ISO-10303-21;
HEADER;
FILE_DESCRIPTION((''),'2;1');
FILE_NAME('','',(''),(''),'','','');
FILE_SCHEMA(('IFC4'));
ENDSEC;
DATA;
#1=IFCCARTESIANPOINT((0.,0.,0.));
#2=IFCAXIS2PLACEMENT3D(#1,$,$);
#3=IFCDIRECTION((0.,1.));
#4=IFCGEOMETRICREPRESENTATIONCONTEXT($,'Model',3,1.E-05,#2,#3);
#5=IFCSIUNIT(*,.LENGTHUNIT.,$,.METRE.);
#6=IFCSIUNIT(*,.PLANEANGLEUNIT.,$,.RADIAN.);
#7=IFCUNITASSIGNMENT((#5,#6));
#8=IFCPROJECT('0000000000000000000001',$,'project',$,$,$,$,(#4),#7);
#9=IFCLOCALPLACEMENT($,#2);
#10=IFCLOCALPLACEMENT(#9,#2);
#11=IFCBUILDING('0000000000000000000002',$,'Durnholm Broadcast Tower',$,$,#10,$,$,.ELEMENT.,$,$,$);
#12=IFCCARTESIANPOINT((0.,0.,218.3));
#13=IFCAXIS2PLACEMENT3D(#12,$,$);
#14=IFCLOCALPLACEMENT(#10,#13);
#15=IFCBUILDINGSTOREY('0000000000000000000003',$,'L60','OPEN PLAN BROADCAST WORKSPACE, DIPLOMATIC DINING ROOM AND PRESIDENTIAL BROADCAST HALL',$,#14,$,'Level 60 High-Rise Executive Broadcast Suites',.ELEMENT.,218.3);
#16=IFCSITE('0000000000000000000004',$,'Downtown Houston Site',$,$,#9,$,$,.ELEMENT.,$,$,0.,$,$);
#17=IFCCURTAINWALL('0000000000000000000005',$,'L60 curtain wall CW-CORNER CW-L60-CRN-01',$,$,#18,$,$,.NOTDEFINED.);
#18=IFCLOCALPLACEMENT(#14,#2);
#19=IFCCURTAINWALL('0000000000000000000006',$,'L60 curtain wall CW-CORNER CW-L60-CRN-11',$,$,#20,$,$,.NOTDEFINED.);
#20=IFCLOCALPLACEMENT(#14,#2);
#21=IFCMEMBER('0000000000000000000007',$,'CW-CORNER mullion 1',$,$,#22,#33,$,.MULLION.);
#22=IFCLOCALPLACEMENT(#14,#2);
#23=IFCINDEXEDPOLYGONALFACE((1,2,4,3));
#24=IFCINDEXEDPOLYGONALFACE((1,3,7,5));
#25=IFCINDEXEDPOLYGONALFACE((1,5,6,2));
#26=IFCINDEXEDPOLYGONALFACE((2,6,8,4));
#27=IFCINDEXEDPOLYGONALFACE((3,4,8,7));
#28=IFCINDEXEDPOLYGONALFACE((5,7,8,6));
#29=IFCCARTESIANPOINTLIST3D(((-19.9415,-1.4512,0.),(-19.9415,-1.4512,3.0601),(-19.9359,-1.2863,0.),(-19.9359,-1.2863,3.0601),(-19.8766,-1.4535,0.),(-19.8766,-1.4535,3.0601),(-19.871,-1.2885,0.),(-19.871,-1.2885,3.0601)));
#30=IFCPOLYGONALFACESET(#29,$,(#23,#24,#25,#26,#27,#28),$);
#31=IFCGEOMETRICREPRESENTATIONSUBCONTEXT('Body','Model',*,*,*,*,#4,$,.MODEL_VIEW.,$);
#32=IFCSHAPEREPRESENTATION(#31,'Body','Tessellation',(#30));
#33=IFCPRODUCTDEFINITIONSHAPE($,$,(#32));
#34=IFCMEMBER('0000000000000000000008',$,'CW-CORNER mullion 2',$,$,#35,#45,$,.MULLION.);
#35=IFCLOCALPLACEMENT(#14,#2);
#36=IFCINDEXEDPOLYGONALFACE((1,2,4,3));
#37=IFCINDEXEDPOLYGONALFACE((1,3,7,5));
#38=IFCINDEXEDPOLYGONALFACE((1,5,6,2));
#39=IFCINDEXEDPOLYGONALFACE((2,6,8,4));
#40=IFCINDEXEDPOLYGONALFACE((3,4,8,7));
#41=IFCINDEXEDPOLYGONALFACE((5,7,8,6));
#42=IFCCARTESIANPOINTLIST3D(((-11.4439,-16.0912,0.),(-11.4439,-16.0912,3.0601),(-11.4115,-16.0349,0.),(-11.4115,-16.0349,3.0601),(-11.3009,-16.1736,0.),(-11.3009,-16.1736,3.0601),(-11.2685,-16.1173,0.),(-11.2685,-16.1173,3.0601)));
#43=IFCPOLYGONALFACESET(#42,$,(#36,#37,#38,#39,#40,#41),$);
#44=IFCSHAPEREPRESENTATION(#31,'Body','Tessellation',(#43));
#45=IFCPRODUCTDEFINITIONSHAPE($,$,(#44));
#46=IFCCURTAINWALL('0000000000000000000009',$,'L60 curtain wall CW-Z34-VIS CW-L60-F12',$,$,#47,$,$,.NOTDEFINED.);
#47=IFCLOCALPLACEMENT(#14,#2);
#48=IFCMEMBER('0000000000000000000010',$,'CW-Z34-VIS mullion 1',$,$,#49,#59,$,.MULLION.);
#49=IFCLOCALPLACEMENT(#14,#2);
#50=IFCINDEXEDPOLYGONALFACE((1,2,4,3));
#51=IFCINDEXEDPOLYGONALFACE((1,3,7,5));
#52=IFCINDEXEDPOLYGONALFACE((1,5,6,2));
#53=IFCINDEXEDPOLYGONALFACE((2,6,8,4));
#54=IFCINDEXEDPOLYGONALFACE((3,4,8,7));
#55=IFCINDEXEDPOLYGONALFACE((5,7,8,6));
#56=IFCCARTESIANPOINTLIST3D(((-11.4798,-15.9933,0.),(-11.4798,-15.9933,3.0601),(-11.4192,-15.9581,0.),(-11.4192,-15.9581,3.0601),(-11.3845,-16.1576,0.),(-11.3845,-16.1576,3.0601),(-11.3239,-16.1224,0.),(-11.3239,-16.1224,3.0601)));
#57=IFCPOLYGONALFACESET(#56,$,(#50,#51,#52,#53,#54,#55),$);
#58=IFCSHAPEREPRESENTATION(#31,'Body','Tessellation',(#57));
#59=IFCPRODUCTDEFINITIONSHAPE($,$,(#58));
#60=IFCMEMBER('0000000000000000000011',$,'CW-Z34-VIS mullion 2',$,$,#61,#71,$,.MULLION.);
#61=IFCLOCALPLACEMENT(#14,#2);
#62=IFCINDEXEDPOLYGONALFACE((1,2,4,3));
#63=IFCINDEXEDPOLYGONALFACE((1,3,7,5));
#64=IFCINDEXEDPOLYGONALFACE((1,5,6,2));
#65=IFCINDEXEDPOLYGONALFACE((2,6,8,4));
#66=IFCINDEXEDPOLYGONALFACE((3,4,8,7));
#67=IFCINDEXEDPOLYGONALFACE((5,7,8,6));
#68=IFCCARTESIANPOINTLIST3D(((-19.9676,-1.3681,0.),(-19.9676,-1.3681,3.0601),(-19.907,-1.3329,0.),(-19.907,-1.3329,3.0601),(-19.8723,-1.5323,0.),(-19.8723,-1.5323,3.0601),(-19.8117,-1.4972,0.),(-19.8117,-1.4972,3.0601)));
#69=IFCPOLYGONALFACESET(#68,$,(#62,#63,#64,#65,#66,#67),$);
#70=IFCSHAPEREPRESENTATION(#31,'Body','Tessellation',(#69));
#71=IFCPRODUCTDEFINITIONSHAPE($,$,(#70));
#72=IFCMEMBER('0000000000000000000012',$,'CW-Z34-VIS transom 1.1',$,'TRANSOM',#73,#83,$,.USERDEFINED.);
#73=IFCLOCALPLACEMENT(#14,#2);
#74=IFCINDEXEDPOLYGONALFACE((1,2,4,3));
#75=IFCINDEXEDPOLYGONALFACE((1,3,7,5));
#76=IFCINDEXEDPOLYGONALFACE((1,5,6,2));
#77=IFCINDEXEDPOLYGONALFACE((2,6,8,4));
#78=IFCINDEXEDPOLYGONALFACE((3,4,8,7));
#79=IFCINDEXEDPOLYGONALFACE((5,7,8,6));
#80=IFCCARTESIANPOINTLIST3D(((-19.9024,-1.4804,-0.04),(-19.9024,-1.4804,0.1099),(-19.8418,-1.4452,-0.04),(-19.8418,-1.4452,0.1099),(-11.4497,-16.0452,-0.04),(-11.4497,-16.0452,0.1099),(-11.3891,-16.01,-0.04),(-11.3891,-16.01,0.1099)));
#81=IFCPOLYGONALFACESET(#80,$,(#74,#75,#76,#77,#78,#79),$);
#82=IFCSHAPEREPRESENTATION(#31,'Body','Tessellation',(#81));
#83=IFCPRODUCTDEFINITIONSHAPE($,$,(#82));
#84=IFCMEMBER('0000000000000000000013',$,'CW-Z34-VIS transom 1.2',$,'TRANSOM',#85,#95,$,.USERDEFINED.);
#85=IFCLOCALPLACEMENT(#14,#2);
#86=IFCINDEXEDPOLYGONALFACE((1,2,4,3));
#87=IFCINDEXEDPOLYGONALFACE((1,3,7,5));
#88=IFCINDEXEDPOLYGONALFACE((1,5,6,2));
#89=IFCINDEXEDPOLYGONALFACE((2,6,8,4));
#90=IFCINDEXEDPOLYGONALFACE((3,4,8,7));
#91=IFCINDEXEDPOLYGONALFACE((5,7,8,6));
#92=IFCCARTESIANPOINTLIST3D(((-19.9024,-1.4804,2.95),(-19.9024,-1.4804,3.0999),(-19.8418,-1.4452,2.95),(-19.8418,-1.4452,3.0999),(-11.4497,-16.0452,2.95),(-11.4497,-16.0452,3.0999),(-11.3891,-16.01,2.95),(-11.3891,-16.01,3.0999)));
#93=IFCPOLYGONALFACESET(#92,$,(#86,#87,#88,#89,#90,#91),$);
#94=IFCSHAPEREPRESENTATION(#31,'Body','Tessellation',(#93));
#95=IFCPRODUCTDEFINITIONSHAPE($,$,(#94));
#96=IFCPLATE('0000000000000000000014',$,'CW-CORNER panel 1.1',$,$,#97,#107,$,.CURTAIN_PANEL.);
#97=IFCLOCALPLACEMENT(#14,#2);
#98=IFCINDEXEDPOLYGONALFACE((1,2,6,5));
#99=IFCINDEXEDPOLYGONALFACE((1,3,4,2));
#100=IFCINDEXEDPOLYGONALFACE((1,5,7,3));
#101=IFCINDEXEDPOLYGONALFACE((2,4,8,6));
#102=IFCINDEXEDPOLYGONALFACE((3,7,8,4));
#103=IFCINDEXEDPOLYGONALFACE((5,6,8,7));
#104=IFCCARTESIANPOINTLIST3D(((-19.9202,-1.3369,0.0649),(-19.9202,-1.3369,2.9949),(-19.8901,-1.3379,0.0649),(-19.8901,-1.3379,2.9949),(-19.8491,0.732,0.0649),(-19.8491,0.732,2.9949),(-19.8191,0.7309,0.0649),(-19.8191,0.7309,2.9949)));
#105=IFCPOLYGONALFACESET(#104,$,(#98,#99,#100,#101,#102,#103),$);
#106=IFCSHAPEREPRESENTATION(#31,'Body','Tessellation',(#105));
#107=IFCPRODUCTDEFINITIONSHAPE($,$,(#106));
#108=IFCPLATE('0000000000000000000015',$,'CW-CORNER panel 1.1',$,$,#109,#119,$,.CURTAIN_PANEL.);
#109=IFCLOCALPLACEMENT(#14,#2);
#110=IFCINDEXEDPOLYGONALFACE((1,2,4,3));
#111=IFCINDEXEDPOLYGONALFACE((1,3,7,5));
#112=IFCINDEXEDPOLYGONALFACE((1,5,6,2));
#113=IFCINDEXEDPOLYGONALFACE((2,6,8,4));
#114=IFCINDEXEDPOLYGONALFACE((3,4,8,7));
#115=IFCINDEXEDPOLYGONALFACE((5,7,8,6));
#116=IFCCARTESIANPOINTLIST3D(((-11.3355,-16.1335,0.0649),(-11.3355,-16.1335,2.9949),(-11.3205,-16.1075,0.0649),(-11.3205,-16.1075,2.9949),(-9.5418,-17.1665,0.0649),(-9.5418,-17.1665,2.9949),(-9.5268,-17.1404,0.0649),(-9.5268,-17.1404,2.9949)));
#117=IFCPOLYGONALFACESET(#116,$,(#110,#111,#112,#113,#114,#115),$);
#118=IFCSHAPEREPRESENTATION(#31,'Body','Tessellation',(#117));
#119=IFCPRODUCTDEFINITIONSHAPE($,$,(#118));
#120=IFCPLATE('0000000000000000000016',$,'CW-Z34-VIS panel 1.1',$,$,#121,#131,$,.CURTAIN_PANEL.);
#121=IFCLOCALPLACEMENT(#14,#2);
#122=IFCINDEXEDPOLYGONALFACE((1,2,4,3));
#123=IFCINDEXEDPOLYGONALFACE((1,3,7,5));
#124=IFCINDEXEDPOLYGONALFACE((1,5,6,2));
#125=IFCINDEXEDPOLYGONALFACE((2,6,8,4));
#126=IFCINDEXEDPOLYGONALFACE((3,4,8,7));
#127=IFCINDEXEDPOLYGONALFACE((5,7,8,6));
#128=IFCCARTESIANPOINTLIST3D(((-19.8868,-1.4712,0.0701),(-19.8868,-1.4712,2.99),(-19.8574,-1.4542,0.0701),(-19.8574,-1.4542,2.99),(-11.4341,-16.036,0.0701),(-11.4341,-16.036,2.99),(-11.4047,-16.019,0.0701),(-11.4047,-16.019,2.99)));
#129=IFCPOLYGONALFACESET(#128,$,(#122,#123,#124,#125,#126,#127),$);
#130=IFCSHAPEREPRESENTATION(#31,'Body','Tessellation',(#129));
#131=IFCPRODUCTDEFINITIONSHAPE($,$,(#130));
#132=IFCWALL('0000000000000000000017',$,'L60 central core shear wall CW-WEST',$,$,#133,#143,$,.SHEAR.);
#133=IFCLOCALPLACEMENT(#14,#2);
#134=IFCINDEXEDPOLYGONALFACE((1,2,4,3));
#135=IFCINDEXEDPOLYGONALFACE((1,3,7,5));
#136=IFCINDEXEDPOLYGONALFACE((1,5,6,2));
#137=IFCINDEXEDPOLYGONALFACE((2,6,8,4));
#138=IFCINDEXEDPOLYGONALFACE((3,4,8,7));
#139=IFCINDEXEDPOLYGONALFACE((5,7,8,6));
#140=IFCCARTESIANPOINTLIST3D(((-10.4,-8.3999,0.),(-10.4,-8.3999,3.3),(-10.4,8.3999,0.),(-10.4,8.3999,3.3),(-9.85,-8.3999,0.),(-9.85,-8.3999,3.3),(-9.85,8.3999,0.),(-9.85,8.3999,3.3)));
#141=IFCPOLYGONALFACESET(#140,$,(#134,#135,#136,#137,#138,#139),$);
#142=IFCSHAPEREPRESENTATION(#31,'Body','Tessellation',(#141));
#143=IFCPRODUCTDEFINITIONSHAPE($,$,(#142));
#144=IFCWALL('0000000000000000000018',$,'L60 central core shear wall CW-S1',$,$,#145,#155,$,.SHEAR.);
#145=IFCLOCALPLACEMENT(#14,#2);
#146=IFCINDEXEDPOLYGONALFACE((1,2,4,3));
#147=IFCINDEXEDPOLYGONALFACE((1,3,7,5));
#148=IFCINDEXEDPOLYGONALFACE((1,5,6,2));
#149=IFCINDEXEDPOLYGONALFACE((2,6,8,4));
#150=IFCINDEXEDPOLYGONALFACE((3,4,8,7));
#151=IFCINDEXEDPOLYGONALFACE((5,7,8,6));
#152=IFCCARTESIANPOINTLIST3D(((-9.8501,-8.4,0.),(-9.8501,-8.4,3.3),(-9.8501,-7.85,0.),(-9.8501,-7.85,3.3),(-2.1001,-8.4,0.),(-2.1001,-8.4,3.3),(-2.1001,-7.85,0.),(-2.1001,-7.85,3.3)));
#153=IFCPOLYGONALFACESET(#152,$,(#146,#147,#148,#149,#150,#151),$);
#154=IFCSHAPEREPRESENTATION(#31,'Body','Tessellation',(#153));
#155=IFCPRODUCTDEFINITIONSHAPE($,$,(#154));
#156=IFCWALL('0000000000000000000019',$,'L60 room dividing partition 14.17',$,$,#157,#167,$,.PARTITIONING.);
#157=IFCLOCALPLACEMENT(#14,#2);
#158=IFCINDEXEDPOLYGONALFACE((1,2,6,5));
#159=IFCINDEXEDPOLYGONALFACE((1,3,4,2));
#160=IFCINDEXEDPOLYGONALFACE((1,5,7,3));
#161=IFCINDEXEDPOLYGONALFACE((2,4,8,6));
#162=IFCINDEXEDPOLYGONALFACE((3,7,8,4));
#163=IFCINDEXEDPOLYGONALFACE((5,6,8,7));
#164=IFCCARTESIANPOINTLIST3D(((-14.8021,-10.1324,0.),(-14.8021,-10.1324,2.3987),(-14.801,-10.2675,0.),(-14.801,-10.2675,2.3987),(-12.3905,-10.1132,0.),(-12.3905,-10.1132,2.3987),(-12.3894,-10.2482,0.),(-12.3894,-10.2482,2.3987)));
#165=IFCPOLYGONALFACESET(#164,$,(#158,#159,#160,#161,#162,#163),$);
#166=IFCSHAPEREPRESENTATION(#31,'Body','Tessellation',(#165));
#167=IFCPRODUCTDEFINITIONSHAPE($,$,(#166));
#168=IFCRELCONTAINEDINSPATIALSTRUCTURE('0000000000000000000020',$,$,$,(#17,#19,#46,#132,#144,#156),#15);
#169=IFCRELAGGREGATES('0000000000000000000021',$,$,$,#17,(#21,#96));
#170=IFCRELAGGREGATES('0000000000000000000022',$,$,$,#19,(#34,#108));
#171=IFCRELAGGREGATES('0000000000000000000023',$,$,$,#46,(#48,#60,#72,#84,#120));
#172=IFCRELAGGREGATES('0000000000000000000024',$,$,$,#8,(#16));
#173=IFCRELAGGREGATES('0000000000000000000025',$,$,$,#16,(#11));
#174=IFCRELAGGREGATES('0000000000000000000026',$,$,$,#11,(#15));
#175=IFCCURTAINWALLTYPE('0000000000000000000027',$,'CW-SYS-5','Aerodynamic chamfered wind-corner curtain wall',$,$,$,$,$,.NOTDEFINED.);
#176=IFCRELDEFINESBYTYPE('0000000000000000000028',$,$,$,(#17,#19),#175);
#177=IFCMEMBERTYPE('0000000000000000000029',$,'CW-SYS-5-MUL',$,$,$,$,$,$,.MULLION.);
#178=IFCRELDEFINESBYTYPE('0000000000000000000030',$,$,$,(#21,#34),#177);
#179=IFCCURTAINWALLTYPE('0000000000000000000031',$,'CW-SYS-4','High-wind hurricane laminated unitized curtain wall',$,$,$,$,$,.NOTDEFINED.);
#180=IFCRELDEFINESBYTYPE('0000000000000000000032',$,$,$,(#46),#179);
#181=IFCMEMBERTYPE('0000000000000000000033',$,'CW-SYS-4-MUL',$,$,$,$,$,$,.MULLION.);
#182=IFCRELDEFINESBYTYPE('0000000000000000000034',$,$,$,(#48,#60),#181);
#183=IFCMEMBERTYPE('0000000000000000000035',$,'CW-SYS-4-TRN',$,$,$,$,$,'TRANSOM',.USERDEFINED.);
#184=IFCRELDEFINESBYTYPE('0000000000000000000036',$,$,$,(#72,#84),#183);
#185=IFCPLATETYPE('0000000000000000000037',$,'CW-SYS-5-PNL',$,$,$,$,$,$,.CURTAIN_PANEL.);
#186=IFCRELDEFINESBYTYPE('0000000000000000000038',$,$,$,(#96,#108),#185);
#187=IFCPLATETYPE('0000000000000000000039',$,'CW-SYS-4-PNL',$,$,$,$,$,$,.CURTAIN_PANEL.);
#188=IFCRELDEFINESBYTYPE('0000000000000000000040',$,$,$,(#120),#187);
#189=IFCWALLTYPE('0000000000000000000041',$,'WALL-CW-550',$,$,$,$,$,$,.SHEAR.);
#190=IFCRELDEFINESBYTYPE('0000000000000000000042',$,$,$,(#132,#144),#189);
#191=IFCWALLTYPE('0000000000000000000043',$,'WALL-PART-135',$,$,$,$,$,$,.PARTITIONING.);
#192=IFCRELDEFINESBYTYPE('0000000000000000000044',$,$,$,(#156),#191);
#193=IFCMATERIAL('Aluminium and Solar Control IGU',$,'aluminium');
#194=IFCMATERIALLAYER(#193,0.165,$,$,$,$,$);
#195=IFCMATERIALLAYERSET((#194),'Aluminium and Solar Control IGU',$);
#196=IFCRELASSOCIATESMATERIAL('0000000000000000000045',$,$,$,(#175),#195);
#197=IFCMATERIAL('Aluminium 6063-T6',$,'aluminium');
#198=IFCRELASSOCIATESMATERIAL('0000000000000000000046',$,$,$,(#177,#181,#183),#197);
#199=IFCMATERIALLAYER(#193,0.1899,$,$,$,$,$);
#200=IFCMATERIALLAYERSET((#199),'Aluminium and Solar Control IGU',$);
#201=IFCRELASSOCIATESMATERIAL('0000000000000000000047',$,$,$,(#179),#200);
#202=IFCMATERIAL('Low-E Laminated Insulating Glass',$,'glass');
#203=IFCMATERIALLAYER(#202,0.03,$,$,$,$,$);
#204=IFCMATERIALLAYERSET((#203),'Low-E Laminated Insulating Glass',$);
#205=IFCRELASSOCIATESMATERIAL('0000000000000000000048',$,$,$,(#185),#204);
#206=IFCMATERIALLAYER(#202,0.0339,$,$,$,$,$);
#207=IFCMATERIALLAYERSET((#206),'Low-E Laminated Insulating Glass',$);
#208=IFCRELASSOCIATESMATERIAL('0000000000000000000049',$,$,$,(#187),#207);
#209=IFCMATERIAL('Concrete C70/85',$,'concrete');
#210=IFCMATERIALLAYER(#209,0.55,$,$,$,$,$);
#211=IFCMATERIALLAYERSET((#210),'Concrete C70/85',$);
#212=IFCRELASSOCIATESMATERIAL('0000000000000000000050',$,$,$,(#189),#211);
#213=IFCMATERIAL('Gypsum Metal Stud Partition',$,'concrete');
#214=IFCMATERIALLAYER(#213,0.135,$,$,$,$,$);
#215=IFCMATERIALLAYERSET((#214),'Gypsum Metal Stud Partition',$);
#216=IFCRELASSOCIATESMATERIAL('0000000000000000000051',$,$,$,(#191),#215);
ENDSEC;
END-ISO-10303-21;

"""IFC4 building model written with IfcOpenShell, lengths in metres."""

from ifc_helpers import new_model, si_unit, direction, frame, frame_2d, origin, origin_2d, place, context, subcontext, project, spatial, rectangle, extrude, source, transform, mapped, material, layer, layer_set, material_profile, profile_set, type_object, type_shapes, element, aggregate, save


model = new_model("IFC4")

# Units and contexts
model_context = context("Model", 3, precision=1e-05, world=origin(), true_north=direction((0.0, 1.0)))
body_context = subcontext(model_context, "Body", "Model", "MODEL_VIEW")
ifc_project = project(units=[si_unit("LENGTHUNIT", "METRE"), si_unit("PLANEANGLEUNIT", "RADIAN")], contexts=[model_context])

# Site, building, storey
site_placement = place(None, origin())
site = spatial("IfcSite", under=ifc_project, at=site_placement, Name="Downtown Houston Site", CompositionType="ELEMENT", RefElevation=0.0)
building_placement = place(site_placement, origin())
building = spatial("IfcBuilding", under=site, at=building_placement, Name="Durnholm Broadcast Tower", CompositionType="ELEMENT")
storey_placement = place(building_placement, frame((0.0, 0.0, 218.3)))
storey = spatial("IfcBuildingStorey", under=building, at=storey_placement, Name="L60", Description="OPEN PLAN BROADCAST WORKSPACE, DIPLOMATIC DINING ROOM AND PRESIDENTIAL BROADCAST HALL", LongName="Level 60 High-Rise Executive Broadcast Suites", CompositionType="ELEMENT", Elevation=218.3)

# Shared definitions
ifc_material_1 = material(Name="Concrete C70/85", Category="concrete")

# Curtain walls
ifc_material_2 = material(Name="Aluminium and Solar Control IGU", Category="aluminium")
ifc_layer_1 = layer(ifc_material_2, 0.165)
ifc_layer_set_1 = layer_set([ifc_layer_1], Name="Aluminium and Solar Control IGU")
curtain_wall_type_1 = type_object("IfcCurtainWallType", Name="CW-SYS-5", Description="Aerodynamic chamfered wind-corner curtain wall", PredefinedType="NOTDEFINED", material=ifc_layer_set_1)
curtain_wall_1_placement = place(storey_placement, origin())
curtain_wall_1 = element("IfcCurtainWall", 1, at=curtain_wall_1_placement, inside=storey, type_object=curtain_wall_type_1, Name="L60 curtain wall CW-CORNER CW-L60-CRN-01", PredefinedType="NOTDEFINED")
ifc_material_3 = material(Name="Aluminium 6063-T6", Category="aluminium")
curtain_wall_2_placement = place(storey_placement, origin())
curtain_wall_2 = element("IfcCurtainWall", 2, at=curtain_wall_2_placement, inside=storey, type_object=curtain_wall_type_1, Name="L60 curtain wall CW-CORNER CW-L60-CRN-11", PredefinedType="NOTDEFINED")

# Members
ifc_material_profile_1 = material_profile(ifc_material_3, rectangle(XDim=0.0649, YDim=0.165, at=origin_2d()), Name="CWM65X165")
ifc_profile_set_1 = profile_set([ifc_material_profile_1], Name="Aluminium 6063-T6")
member_type_1 = type_object("IfcMemberType", Name="CW-SYS-5-MUL", PredefinedType="MULLION", material=ifc_profile_set_1)
shared_shape_1 = source(origin(), body_context, "Body", "SweptSolid", [
    extrude(rectangle(XDim=0.0649, YDim=0.165, at=origin_2d()), origin(), (0.0, 0.0, 1.0), 3.0601),
])
type_shapes(member_type_1, [shared_shape_1])
member_1_placement = place(storey_placement, frame((-19.9062, -1.3699, 0.0), z_axis=(0.0, 0.0, 1.0), x_axis=(-0.999411, 0.034318, 0.0)))
member_1 = element("IfcMember", 3, at=member_1_placement, type_object=member_type_1, Name="CW-CORNER mullion 1", PredefinedType="MULLION", context=body_context, shape_type="MappedRepresentation", body=[
    mapped(shared_shape_1, transform((0.0, 0.0, 0.0), x_axis=(1.0, 0.0, 0.0), y_axis=(0.0, 1.0, 0.0), z_axis=(0.0, 0.0, 1.0), scale=1.0)),
])
member_2_placement = place(storey_placement, frame((-11.3562, -16.1042, 0.0), z_axis=(0.0, 0.0, 1.0), x_axis=(-0.499059, -0.866568, 0.0)))
member_2 = element("IfcMember", 4, at=member_2_placement, type_object=member_type_1, Name="CW-CORNER mullion 2", PredefinedType="MULLION", context=body_context, shape_type="MappedRepresentation", body=[
    mapped(shared_shape_1, transform((0.0, 0.0, 0.0), x_axis=(1.0, 0.0, 0.0), y_axis=(0.0, 1.0, 0.0), z_axis=(0.0, 0.0, 1.0), scale=1.0)),
])

# Curtain wall, members
ifc_layer_2 = layer(ifc_material_2, 0.1899)
ifc_layer_set_2 = layer_set([ifc_layer_2], Name="Aluminium and Solar Control IGU")
curtain_wall_type_2 = type_object("IfcCurtainWallType", Name="CW-SYS-4", Description="High-wind hurricane laminated unitized curtain wall", PredefinedType="NOTDEFINED", material=ifc_layer_set_2)
curtain_wall_3_placement = place(storey_placement, origin())
curtain_wall_3 = element("IfcCurtainWall", 5, at=curtain_wall_3_placement, inside=storey, type_object=curtain_wall_type_2, Name="L60 curtain wall CW-Z34-VIS CW-L60-F12", PredefinedType="NOTDEFINED")
ifc_material_profile_2 = material_profile(ifc_material_3, rectangle(XDim=0.0701, YDim=0.1899, at=origin_2d()), Name="CWM70X190")
ifc_profile_set_2 = profile_set([ifc_material_profile_2], Name="Aluminium 6063-T6")
member_type_2 = type_object("IfcMemberType", Name="CW-SYS-4-MUL", PredefinedType="MULLION", material=ifc_profile_set_2)
shared_shape_2 = source(origin(), body_context, "Body", "SweptSolid", [
    extrude(rectangle(XDim=0.0701, YDim=0.1899, at=origin_2d()), origin(), (0.0, 0.0, 1.0), 3.0601),
])
type_shapes(member_type_2, [shared_shape_2])
member_3_placement = place(storey_placement, frame((-11.4019, -16.0579, 0.0), z_axis=(0.0, 0.0, 1.0), x_axis=(-0.8649, -0.501944, 0.0)))
member_3 = element("IfcMember", 6, at=member_3_placement, type_object=member_type_2, Name="CW-Z34-VIS mullion 1", PredefinedType="MULLION", context=body_context, shape_type="MappedRepresentation", body=[
    mapped(shared_shape_2, transform((0.0, 0.0, 0.0), x_axis=(1.0, 0.0, 0.0), y_axis=(0.0, 1.0, 0.0), z_axis=(0.0, 0.0, 1.0), scale=1.0)),
])
member_4_placement = place(storey_placement, frame((-19.8896, -1.4326, 0.0), z_axis=(0.0, 0.0, 1.0), x_axis=(-0.8649, -0.501944, 0.0)))
member_4 = element("IfcMember", 7, at=member_4_placement, type_object=member_type_2, Name="CW-Z34-VIS mullion 2", PredefinedType="MULLION", context=body_context, shape_type="MappedRepresentation", body=[
    mapped(shared_shape_2, transform((0.0, 0.0, 0.0), x_axis=(1.0, 0.0, 0.0), y_axis=(0.0, 1.0, 0.0), z_axis=(0.0, 0.0, 1.0), scale=1.0)),
])
ifc_material_profile_3 = material_profile(ifc_material_3, rectangle(XDim=0.0701, YDim=0.1499, at=origin_2d()), Name="CWT70X150")
ifc_profile_set_3 = profile_set([ifc_material_profile_3], Name="Aluminium 6063-T6")
member_type_3 = type_object("IfcMemberType", Name="CW-SYS-4-TRN", ElementType="TRANSOM", PredefinedType="USERDEFINED", material=ifc_profile_set_3)
shared_shape_3 = source(origin(), body_context, "Body", "SweptSolid", [
    extrude(rectangle(XDim=0.0701, YDim=0.1499, at=origin_2d()), origin(), (0.0, 0.0, 1.0), 16.8398),
])
type_shapes(member_type_3, [shared_shape_3])
member_5_placement = place(storey_placement, frame((-11.4194, -16.0276, 0.0349), z_axis=(-0.501945, 0.864899, 0.0), x_axis=(-0.864899, -0.501945, 0.0)))
member_5 = element("IfcMember", 8, at=member_5_placement, type_object=member_type_3, Name="CW-Z34-VIS transom 1.1", ObjectType="TRANSOM", PredefinedType="USERDEFINED", context=body_context, shape_type="MappedRepresentation", body=[
    mapped(shared_shape_3, transform((0.0, 0.0, 0.0), x_axis=(1.0, 0.0, 0.0), y_axis=(0.0, 1.0, 0.0), z_axis=(0.0, 0.0, 1.0), scale=1.0)),
])
member_6_placement = place(storey_placement, frame((-11.4194, -16.0276, 3.0249), z_axis=(-0.501945, 0.864899, 0.0), x_axis=(-0.864899, -0.501945, 0.0)))
member_6 = element("IfcMember", 9, at=member_6_placement, type_object=member_type_3, Name="CW-Z34-VIS transom 1.2", ObjectType="TRANSOM", PredefinedType="USERDEFINED", context=body_context, shape_type="MappedRepresentation", body=[
    mapped(shared_shape_3, transform((0.0, 0.0, 0.0), x_axis=(1.0, 0.0, 0.0), y_axis=(0.0, 1.0, 0.0), z_axis=(0.0, 0.0, 1.0), scale=1.0)),
])

# Plates
ifc_material_4 = material(Name="Low-E Laminated Insulating Glass", Category="glass")
ifc_layer_3 = layer(ifc_material_4, 0.03)
ifc_layer_set_3 = layer_set([ifc_layer_3], Name="Low-E Laminated Insulating Glass")
plate_type_1 = type_object("IfcPlateType", Name="CW-SYS-5-PNL", PredefinedType="CURTAIN_PANEL", material=ifc_layer_set_3)
shared_shape_4 = source(origin(), body_context, "Body", "SweptSolid", [
    extrude(rectangle(XDim=2.0701, YDim=0.03, at=origin_2d()), origin(), (0.0, 0.0, 1.0), 2.9299),
])
plate_1_placement = place(storey_placement, frame((-19.8696, -0.303, 0.0649), z_axis=(0.0, 0.0, 1.0), x_axis=(0.034318, 0.999411, 0.0)))
plate_1 = element("IfcPlate", 10, at=plate_1_placement, type_object=plate_type_1, Name="CW-CORNER panel 1.1", PredefinedType="CURTAIN_PANEL", context=body_context, shape_type="MappedRepresentation", body=[
    mapped(shared_shape_4, transform((0.0, 0.0, 0.0), x_axis=(1.0, 0.0, 0.0), y_axis=(0.0, 1.0, 0.0), z_axis=(0.0, 0.0, 1.0), scale=1.0)),
])
aggregate(curtain_wall_1, [member_1, plate_1])
shared_shape_5 = source(origin(), body_context, "Body", "SweptSolid", [
    extrude(rectangle(XDim=2.0698, YDim=0.03, at=origin_2d()), origin(), (0.0, 0.0, 1.0), 2.9299),
])
type_shapes(plate_type_1, [shared_shape_4, shared_shape_5])
plate_2_placement = place(storey_placement, frame((-10.4312, -16.637, 0.0649), z_axis=(0.0, 0.0, 1.0), x_axis=(-0.866568, 0.499059, 0.0)))
plate_2 = element("IfcPlate", 11, at=plate_2_placement, type_object=plate_type_1, Name="CW-CORNER panel 1.1", PredefinedType="CURTAIN_PANEL", context=body_context, shape_type="MappedRepresentation", body=[
    mapped(shared_shape_5, transform((0.0, 0.0, 0.0), x_axis=(1.0, 0.0, 0.0), y_axis=(0.0, 1.0, 0.0), z_axis=(0.0, 0.0, 1.0), scale=1.0)),
])
aggregate(curtain_wall_2, [member_2, plate_2])
ifc_layer_4 = layer(ifc_material_4, 0.0339)
ifc_layer_set_4 = layer_set([ifc_layer_4], Name="Low-E Laminated Insulating Glass")
plate_type_2 = type_object("IfcPlateType", Name="CW-SYS-4-PNL", PredefinedType="CURTAIN_PANEL", material=ifc_layer_set_4)
shared_shape_6 = source(origin(), body_context, "Body", "SweptSolid", [
    extrude(rectangle(XDim=16.8398, YDim=0.0339, at=origin_2d()), origin(), (0.0, 0.0, 1.0), 2.9199),
])
type_shapes(plate_type_2, [shared_shape_6])
plate_3_placement = place(storey_placement, frame((-15.6458, -8.7451, 0.0701), z_axis=(0.0, 0.0, 1.0), x_axis=(-0.501944, 0.8649, 0.0)))
plate_3 = element("IfcPlate", 12, at=plate_3_placement, type_object=plate_type_2, Name="CW-Z34-VIS panel 1.1", PredefinedType="CURTAIN_PANEL", context=body_context, shape_type="MappedRepresentation", body=[
    mapped(shared_shape_6, transform((0.0, 0.0, 0.0), x_axis=(1.0, 0.0, 0.0), y_axis=(0.0, 1.0, 0.0), z_axis=(0.0, 0.0, 1.0), scale=1.0)),
])
aggregate(curtain_wall_3, [member_3, member_4, member_5, member_6, plate_3])

# Walls
ifc_layer_5 = layer(ifc_material_1, 0.55)
ifc_layer_set_5 = layer_set([ifc_layer_5], Name="Concrete C70/85")
wall_type_1 = type_object("IfcWallType", Name="WALL-CW-550", PredefinedType="SHEAR", material=ifc_layer_set_5)
wall_1_placement = place(storey_placement, frame((-10.125, -8.3999, 0.0), z_axis=(0.0, 0.0, 1.0), x_axis=(0.0, 1.0, 0.0)))
element("IfcWall", 13, at=wall_1_placement, inside=storey, type_object=wall_type_1, Name="L60 central core shear wall CW-WEST", PredefinedType="SHEAR", context=body_context, shape_type="SweptSolid", body=[
    extrude(rectangle(XDim=16.7998, YDim=0.55, at=frame_2d((8.3999, 0.0))), origin(), (0.0, 0.0, 1.0), 3.3),
])
wall_2_placement = place(storey_placement, frame((-9.8501, -8.125, 0.0), z_axis=(0.0, 0.0, 1.0), x_axis=(1.0, 0.0, 0.0)))
element("IfcWall", 14, at=wall_2_placement, inside=storey, type_object=wall_type_1, Name="L60 central core shear wall CW-S1", PredefinedType="SHEAR", context=body_context, shape_type="SweptSolid", body=[
    extrude(rectangle(XDim=7.75, YDim=0.55, at=frame_2d((3.875, 0.0))), origin(), (0.0, 0.0, 1.0), 3.3),
])
ifc_material_5 = material(Name="Gypsum Metal Stud Partition", Category="concrete")
ifc_layer_6 = layer(ifc_material_5, 0.135)
ifc_layer_set_6 = layer_set([ifc_layer_6], Name="Gypsum Metal Stud Partition")
wall_type_2 = type_object("IfcWallType", Name="WALL-PART-135", PredefinedType="PARTITIONING", material=ifc_layer_set_6)
wall_3_placement = place(storey_placement, frame((-14.8015, -10.2, 0.0), z_axis=(0.0, 0.0, 1.0), x_axis=(0.999968, 0.007997, 0.0)))
element("IfcWall", 15, at=wall_3_placement, inside=storey, type_object=wall_type_2, Name="L60 room dividing partition 14.17", PredefinedType="PARTITIONING", context=body_context, shape_type="SweptSolid", body=[
    extrude(rectangle(XDim=2.4116, YDim=0.135, at=frame_2d((1.2058, 0.0))), origin(), (0.0, 0.0, 1.0), 2.3987),
])

save(model, "model.ifc")
